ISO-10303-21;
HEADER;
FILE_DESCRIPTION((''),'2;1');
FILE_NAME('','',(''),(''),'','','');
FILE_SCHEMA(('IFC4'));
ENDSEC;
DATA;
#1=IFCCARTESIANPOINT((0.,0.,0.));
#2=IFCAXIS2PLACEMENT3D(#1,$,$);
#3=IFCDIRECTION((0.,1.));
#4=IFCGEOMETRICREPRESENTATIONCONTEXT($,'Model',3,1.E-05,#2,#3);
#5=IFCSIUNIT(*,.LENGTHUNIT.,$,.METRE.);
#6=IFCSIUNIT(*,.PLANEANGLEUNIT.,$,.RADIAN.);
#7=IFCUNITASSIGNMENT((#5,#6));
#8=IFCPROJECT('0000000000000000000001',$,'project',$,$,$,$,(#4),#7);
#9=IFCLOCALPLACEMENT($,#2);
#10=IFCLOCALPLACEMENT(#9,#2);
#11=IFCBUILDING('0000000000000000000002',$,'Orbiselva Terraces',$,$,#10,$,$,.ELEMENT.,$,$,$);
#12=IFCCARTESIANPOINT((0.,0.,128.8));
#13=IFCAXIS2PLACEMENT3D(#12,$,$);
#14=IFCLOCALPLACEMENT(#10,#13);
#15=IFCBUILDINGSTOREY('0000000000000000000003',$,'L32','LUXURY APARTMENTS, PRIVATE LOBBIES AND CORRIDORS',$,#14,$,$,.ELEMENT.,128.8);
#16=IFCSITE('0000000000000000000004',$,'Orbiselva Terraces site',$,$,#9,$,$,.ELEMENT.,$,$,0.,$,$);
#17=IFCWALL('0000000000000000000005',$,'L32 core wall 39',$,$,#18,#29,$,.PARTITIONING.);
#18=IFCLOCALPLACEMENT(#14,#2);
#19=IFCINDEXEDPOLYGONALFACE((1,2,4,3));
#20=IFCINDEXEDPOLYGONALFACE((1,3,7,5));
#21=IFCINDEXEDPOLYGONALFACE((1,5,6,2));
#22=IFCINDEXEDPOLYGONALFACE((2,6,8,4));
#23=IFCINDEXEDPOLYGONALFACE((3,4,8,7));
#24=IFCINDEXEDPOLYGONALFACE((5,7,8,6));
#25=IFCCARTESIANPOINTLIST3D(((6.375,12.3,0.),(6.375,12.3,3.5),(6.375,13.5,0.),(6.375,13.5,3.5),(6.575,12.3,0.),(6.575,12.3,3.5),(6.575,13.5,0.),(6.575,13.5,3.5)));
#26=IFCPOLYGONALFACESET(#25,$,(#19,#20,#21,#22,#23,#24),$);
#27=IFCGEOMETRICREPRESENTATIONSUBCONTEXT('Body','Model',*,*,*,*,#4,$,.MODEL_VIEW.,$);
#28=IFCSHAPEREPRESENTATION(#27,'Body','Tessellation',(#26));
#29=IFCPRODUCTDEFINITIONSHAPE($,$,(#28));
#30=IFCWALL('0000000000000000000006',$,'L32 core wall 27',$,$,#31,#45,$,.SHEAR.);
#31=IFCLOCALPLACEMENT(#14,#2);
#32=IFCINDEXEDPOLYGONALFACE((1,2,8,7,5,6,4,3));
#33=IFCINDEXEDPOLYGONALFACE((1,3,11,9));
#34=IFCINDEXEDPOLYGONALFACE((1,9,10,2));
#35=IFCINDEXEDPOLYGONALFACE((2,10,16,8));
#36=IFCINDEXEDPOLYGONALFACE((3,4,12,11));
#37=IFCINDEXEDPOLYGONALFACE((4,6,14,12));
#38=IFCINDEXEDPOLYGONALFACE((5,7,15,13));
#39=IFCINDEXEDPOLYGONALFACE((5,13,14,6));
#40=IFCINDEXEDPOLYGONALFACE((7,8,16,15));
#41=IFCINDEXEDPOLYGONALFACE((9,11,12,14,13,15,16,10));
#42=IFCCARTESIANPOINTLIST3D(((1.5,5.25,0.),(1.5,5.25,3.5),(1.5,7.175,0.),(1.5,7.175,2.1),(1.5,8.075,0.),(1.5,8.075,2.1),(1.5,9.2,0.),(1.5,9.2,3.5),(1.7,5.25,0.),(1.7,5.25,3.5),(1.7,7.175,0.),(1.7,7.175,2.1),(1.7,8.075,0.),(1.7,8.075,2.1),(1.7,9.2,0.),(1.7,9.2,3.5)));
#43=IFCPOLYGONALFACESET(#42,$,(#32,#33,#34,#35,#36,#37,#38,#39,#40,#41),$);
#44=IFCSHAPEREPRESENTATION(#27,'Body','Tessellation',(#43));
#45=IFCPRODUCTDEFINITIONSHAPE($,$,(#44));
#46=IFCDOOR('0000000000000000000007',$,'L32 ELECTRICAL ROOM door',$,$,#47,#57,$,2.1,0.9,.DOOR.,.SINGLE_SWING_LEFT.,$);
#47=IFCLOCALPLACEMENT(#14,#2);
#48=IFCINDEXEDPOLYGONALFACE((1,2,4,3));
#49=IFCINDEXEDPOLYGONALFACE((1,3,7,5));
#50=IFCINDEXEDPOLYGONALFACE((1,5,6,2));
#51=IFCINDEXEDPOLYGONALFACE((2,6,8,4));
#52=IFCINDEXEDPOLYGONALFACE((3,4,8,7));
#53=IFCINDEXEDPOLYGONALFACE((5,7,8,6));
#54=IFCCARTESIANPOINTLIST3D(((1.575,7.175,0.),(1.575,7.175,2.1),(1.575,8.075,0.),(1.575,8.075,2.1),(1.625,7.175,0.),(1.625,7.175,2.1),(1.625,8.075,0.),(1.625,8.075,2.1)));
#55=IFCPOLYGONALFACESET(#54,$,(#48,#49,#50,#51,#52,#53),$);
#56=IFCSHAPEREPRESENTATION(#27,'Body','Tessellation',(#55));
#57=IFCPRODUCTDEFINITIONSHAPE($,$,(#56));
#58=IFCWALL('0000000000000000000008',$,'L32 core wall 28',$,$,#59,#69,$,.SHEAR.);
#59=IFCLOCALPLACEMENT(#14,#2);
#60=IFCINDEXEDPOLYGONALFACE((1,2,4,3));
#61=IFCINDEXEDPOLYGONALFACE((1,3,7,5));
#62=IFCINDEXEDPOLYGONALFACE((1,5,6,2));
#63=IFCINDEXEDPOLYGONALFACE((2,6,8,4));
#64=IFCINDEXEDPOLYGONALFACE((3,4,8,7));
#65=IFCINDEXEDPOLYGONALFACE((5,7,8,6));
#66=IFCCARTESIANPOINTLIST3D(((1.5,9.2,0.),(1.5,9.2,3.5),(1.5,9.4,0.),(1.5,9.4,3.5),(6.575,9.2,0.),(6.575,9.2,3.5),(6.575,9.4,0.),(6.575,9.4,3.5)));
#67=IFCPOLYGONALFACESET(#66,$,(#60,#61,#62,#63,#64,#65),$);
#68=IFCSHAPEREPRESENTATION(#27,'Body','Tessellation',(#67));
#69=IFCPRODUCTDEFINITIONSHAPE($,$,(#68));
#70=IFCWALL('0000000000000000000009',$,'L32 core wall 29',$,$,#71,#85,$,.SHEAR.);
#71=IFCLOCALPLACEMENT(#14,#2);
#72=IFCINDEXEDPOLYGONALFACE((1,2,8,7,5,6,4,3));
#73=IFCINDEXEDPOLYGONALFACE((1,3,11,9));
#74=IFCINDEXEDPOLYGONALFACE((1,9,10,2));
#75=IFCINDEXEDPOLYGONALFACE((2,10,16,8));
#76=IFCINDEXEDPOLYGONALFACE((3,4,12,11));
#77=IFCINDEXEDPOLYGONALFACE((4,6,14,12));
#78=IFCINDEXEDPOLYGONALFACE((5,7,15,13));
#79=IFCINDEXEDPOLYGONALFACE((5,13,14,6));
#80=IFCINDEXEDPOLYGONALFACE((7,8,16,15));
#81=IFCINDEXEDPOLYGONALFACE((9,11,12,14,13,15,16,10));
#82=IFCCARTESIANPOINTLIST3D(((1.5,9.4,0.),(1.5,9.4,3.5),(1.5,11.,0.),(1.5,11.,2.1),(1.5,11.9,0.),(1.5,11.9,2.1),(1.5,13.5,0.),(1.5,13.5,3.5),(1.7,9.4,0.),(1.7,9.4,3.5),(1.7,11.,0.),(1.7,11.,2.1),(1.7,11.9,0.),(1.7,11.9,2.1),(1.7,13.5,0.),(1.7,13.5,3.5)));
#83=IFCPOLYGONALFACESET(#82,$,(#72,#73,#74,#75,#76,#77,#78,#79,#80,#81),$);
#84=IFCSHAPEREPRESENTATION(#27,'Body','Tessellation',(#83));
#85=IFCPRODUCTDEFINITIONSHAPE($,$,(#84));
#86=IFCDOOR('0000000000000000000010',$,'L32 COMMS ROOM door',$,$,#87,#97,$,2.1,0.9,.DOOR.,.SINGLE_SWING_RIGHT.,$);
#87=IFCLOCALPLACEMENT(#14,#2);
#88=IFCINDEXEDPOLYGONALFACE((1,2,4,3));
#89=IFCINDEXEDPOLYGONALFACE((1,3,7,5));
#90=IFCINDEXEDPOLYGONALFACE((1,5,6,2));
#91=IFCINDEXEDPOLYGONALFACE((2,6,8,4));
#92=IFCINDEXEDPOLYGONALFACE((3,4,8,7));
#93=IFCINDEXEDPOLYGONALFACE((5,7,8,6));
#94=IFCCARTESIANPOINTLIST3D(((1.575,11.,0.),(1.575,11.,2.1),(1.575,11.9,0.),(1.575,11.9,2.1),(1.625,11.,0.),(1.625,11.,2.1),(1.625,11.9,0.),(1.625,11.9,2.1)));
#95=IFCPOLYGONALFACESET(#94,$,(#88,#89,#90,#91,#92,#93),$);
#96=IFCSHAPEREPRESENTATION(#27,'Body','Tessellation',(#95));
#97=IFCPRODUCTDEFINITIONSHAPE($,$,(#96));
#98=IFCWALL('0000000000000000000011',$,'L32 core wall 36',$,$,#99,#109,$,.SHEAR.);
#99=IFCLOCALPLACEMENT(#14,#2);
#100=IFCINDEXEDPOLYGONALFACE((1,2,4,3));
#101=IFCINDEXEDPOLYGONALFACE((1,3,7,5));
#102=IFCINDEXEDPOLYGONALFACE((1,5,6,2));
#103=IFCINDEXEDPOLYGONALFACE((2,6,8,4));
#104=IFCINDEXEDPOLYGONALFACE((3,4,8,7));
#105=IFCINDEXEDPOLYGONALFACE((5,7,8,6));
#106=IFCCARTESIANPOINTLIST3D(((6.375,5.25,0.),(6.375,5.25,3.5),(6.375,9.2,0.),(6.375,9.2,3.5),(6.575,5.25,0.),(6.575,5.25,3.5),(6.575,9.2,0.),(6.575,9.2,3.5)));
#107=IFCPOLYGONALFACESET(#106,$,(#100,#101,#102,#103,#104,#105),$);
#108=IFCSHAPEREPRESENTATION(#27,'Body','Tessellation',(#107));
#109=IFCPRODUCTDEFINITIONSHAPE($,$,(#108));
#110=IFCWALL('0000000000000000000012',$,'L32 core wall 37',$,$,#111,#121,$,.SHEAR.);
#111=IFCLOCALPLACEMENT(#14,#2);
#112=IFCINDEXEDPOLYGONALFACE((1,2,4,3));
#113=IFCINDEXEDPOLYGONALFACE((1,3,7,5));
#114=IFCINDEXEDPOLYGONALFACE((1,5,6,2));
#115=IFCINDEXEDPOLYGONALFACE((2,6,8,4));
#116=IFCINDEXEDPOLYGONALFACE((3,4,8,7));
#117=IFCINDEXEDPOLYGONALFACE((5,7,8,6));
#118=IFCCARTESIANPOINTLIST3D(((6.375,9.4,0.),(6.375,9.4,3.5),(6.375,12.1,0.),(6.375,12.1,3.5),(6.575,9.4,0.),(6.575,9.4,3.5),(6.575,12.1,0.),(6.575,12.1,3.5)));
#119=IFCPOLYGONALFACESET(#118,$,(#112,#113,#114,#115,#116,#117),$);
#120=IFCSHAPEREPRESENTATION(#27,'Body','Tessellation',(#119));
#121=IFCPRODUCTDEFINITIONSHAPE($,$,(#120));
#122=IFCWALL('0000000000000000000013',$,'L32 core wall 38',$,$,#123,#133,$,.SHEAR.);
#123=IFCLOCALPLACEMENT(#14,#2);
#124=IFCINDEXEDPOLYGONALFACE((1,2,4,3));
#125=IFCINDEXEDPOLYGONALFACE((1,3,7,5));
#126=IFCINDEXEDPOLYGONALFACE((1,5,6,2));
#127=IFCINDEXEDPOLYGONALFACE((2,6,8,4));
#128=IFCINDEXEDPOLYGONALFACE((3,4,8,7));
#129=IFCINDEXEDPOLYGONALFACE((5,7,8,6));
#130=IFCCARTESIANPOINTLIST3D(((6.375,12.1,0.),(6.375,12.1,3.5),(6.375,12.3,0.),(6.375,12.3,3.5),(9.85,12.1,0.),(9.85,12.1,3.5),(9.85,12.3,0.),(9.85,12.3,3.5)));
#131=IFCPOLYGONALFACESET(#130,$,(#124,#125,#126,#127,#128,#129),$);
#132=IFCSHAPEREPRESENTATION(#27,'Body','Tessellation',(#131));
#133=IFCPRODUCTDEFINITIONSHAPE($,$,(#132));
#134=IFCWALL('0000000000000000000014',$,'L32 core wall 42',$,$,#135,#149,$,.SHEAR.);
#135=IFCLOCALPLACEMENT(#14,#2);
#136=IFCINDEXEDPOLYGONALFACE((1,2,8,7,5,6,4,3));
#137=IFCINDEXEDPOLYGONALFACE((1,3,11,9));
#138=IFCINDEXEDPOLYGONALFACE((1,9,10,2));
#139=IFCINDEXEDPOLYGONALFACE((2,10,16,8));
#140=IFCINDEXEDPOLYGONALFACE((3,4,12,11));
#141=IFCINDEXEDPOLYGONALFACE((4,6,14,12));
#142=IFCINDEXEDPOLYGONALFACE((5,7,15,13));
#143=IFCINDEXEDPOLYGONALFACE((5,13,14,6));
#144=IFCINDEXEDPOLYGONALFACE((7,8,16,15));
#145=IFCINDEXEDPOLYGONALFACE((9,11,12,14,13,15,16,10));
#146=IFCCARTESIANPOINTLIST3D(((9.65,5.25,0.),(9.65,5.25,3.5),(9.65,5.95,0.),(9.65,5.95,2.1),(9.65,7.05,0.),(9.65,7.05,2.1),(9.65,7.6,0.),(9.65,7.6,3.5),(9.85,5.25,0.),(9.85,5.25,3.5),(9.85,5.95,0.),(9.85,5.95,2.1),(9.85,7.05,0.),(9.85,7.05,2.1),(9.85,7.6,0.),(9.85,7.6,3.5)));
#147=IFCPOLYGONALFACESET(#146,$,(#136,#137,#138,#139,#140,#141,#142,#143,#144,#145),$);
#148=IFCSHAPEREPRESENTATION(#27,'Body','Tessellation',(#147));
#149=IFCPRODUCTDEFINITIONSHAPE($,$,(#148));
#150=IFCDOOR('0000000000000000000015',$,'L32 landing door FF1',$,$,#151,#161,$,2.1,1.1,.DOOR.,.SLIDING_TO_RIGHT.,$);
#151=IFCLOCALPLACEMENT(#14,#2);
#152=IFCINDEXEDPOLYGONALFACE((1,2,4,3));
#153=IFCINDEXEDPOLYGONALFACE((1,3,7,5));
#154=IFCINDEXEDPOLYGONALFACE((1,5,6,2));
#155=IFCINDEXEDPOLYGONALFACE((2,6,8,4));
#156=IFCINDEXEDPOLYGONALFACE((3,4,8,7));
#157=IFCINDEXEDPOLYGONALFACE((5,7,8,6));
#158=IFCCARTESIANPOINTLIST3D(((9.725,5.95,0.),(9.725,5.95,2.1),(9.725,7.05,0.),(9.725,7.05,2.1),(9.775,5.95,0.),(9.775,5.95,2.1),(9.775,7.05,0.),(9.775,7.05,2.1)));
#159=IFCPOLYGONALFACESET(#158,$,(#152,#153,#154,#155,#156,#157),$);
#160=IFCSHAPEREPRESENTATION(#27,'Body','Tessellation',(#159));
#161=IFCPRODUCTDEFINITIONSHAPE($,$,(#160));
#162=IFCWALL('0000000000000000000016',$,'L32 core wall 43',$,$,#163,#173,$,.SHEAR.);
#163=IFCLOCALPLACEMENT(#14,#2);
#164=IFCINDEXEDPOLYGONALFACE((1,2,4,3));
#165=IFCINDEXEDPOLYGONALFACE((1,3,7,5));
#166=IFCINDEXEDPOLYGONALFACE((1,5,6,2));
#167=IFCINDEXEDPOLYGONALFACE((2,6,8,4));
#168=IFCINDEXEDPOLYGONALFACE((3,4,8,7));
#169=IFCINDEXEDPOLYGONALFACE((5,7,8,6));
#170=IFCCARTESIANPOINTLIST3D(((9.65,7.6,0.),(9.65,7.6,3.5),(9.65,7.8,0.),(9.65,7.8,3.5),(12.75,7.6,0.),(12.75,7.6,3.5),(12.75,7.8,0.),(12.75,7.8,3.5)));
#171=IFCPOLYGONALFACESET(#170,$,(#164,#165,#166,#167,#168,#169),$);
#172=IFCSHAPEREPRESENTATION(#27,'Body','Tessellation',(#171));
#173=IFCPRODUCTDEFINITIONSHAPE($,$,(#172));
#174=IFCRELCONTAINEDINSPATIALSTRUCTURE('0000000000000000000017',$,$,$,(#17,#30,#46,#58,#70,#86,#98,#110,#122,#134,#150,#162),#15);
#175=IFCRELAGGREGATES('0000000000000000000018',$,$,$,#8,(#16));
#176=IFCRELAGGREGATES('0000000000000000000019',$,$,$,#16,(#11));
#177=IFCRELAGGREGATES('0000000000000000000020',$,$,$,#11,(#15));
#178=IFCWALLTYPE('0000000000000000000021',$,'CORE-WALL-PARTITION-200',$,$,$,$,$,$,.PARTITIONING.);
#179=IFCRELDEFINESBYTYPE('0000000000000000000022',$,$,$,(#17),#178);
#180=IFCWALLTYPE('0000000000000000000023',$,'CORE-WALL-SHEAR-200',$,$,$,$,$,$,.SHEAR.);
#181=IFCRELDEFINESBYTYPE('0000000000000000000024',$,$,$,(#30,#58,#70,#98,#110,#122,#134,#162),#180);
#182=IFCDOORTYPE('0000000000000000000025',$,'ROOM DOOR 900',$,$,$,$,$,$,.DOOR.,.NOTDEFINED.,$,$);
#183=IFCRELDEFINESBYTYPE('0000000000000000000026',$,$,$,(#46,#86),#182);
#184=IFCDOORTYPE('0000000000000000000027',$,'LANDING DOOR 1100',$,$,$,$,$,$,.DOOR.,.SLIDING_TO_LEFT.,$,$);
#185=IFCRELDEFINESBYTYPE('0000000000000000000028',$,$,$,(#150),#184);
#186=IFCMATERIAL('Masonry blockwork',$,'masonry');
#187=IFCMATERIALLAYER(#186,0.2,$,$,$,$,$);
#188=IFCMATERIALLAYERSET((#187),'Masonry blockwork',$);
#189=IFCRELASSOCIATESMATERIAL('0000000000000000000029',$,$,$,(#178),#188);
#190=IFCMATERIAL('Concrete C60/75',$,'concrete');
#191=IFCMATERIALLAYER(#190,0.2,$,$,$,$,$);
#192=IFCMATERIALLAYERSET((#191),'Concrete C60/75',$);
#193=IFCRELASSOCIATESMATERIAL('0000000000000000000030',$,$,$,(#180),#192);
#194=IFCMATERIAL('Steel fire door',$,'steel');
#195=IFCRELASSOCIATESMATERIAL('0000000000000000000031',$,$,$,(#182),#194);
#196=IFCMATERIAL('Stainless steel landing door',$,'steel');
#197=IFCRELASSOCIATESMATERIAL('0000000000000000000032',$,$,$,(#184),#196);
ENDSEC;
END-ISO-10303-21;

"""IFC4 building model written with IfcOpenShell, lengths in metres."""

from ifc_helpers import new_model, si_unit, direction, frame, frame_2d, origin, place, context, subcontext, project, spatial, rectangle, extrude, material, layer, layer_set, type_object, element, fill, save


model = new_model("IFC4")

# Units and contexts
model_context = context("Model", 3, precision=1e-05, world=origin(), true_north=direction((0.0, 1.0)))
body_context = subcontext(model_context, "Body", "Model", "MODEL_VIEW")
ifc_project = project(units=[si_unit("LENGTHUNIT", "METRE"), si_unit("PLANEANGLEUNIT", "RADIAN")], contexts=[model_context])

# Site, building, storey
site_placement = place(None, origin())
site = spatial("IfcSite", under=ifc_project, at=site_placement, Name="Orbiselva Terraces site", CompositionType="ELEMENT", RefElevation=0.0)
building_placement = place(site_placement, origin())
building = spatial("IfcBuilding", under=site, at=building_placement, Name="Orbiselva Terraces", CompositionType="ELEMENT")
storey_placement = place(building_placement, frame((0.0, 0.0, 128.8)))
storey = spatial("IfcBuildingStorey", under=building, at=storey_placement, Name="L32", Description="LUXURY APARTMENTS, PRIVATE LOBBIES AND CORRIDORS", CompositionType="ELEMENT", Elevation=128.8)

# Wall
ifc_material_1 = material(Name="Masonry blockwork", Category="masonry")
ifc_layer_1 = layer(ifc_material_1, 0.2)
ifc_layer_set_1 = layer_set([ifc_layer_1], Name="Masonry blockwork")
wall_type_1 = type_object("IfcWallType", Name="CORE-WALL-PARTITION-200", PredefinedType="PARTITIONING", material=ifc_layer_set_1)
wall_1_placement = place(storey_placement, frame((6.475, 12.3, 0.0), z_axis=(0.0, 0.0, 1.0), x_axis=(0.0, 1.0, 0.0)))
element("IfcWall", 1, at=wall_1_placement, inside=storey, type_object=wall_type_1, Name="L32 core wall 39", PredefinedType="PARTITIONING", context=body_context, shape_type="SweptSolid", body=[
    extrude(rectangle(XDim=1.2, YDim=0.2, at=frame_2d((0.6, 0.0))), origin(), (0.0, 0.0, 1.0), 3.5),
])

# Wall, opening, door
ifc_material_2 = material(Name="Concrete C60/75", Category="concrete")
ifc_layer_2 = layer(ifc_material_2, 0.2)
ifc_layer_set_2 = layer_set([ifc_layer_2], Name="Concrete C60/75")
wall_type_2 = type_object("IfcWallType", Name="CORE-WALL-SHEAR-200", PredefinedType="SHEAR", material=ifc_layer_set_2)
wall_2_placement = place(storey_placement, frame((1.6, 9.2, 0.0), z_axis=(0.0, 0.0, 1.0), x_axis=(0.0, -1.0, 0.0)))
wall_2 = element("IfcWall", 2, at=wall_2_placement, inside=storey, type_object=wall_type_2, Name="L32 core wall 27", PredefinedType="SHEAR", context=body_context, shape_type="SweptSolid", body=[
    extrude(rectangle(XDim=3.95, YDim=0.2, at=frame_2d((1.975, 0.0))), origin(), (0.0, 0.0, 1.0), 3.5),
])
opening_1_placement = place(wall_2_placement, frame((1.125, 0.0, 0.0)))
opening_1 = element("IfcOpeningElement", 3, at=opening_1_placement, cuts=wall_2, PredefinedType="OPENING", context=body_context, shape_type="SweptSolid", body=[
    extrude(rectangle(XDim=0.9, YDim=2.1, at=frame_2d((0.45, 1.05))), frame((0.0, 0.11, 0.0), z_axis=(0.0, -1.0, 0.0), x_axis=(1.0, 0.0, 0.0)), (0.0, 0.0, 1.0), 0.22),
])
ifc_material_3 = material(Name="Steel fire door", Category="steel")
door_type_1 = type_object("IfcDoorType", Name="ROOM DOOR 900", OperationType="NOTDEFINED", PredefinedType="DOOR", material=ifc_material_3)
door_1_placement = place(opening_1_placement, origin())
door_1 = element("IfcDoor", 4, at=door_1_placement, inside=storey, type_object=door_type_1, Name="L32 ELECTRICAL ROOM door", OperationType="SINGLE_SWING_LEFT", OverallHeight=2.1, OverallWidth=0.9, PredefinedType="DOOR", context=body_context, shape_type="SweptSolid", body=[
    extrude(rectangle(XDim=0.9, YDim=2.1, at=frame_2d((0.45, 1.05))), frame((0.0, 0.025, 0.0), z_axis=(0.0, -1.0, 0.0), x_axis=(1.0, 0.0, 0.0)), (0.0, 0.0, 1.0), 0.05),
])
fill(opening_1, door_1)

# Wall
wall_3_placement = place(storey_placement, frame((1.5, 9.3, 0.0), z_axis=(0.0, 0.0, 1.0), x_axis=(1.0, 0.0, 0.0)))
element("IfcWall", 5, at=wall_3_placement, inside=storey, type_object=wall_type_2, Name="L32 core wall 28", PredefinedType="SHEAR", context=body_context, shape_type="SweptSolid", body=[
    extrude(rectangle(XDim=5.075, YDim=0.2, at=frame_2d((2.5375, 0.0))), origin(), (0.0, 0.0, 1.0), 3.5),
])

# Wall, opening, door
wall_4_placement = place(storey_placement, frame((1.6, 13.5, 0.0), z_axis=(0.0, 0.0, 1.0), x_axis=(0.0, -1.0, 0.0)))
wall_4 = element("IfcWall", 6, at=wall_4_placement, inside=storey, type_object=wall_type_2, Name="L32 core wall 29", PredefinedType="SHEAR", context=body_context, shape_type="SweptSolid", body=[
    extrude(rectangle(XDim=4.1, YDim=0.2, at=frame_2d((2.05, 0.0))), origin(), (0.0, 0.0, 1.0), 3.5),
])
opening_2_placement = place(wall_4_placement, frame((1.6, 0.0, 0.0)))
opening_2 = element("IfcOpeningElement", 7, at=opening_2_placement, cuts=wall_4, PredefinedType="OPENING", context=body_context, shape_type="SweptSolid", body=[
    extrude(rectangle(XDim=0.9, YDim=2.1, at=frame_2d((0.45, 1.05))), frame((0.0, 0.11, 0.0), z_axis=(0.0, -1.0, 0.0), x_axis=(1.0, 0.0, 0.0)), (0.0, 0.0, 1.0), 0.22),
])
door_2_placement = place(opening_2_placement, origin())
door_2 = element("IfcDoor", 8, at=door_2_placement, inside=storey, type_object=door_type_1, Name="L32 COMMS ROOM door", OperationType="SINGLE_SWING_RIGHT", OverallHeight=2.1, OverallWidth=0.9, PredefinedType="DOOR", context=body_context, shape_type="SweptSolid", body=[
    extrude(rectangle(XDim=0.9, YDim=2.1, at=frame_2d((0.45, 1.05))), frame((0.0, 0.025, 0.0), z_axis=(0.0, -1.0, 0.0), x_axis=(1.0, 0.0, 0.0)), (0.0, 0.0, 1.0), 0.05),
])
fill(opening_2, door_2)

# Walls
wall_5_placement = place(storey_placement, frame((6.475, 5.25, 0.0), z_axis=(0.0, 0.0, 1.0), x_axis=(0.0, 1.0, 0.0)))
element("IfcWall", 9, at=wall_5_placement, inside=storey, type_object=wall_type_2, Name="L32 core wall 36", PredefinedType="SHEAR", context=body_context, shape_type="SweptSolid", body=[
    extrude(rectangle(XDim=3.95, YDim=0.2, at=frame_2d((1.975, 0.0))), origin(), (0.0, 0.0, 1.0), 3.5),
])
wall_6_placement = place(storey_placement, frame((6.475, 9.4, 0.0), z_axis=(0.0, 0.0, 1.0), x_axis=(0.0, 1.0, 0.0)))
element("IfcWall", 10, at=wall_6_placement, inside=storey, type_object=wall_type_2, Name="L32 core wall 37", PredefinedType="SHEAR", context=body_context, shape_type="SweptSolid", body=[
    extrude(rectangle(XDim=2.7, YDim=0.2, at=frame_2d((1.35, 0.0))), origin(), (0.0, 0.0, 1.0), 3.5),
])
wall_7_placement = place(storey_placement, frame((6.375, 12.2, 0.0), z_axis=(0.0, 0.0, 1.0), x_axis=(1.0, 0.0, 0.0)))
element("IfcWall", 11, at=wall_7_placement, inside=storey, type_object=wall_type_2, Name="L32 core wall 38", PredefinedType="SHEAR", context=body_context, shape_type="SweptSolid", body=[
    extrude(rectangle(XDim=3.475, YDim=0.2, at=frame_2d((1.7375, 0.0))), origin(), (0.0, 0.0, 1.0), 3.5),
])

# Wall, opening, door
wall_8_placement = place(storey_placement, frame((9.75, 5.25, 0.0), z_axis=(0.0, 0.0, 1.0), x_axis=(0.0, 1.0, 0.0)))
wall_8 = element("IfcWall", 12, at=wall_8_placement, inside=storey, type_object=wall_type_2, Name="L32 core wall 42", PredefinedType="SHEAR", context=body_context, shape_type="SweptSolid", body=[
    extrude(rectangle(XDim=2.35, YDim=0.2, at=frame_2d((1.175, 0.0))), origin(), (0.0, 0.0, 1.0), 3.5),
])
opening_3_placement = place(wall_8_placement, frame((0.7, 0.0, 0.0)))
opening_3 = element("IfcOpeningElement", 13, at=opening_3_placement, cuts=wall_8, PredefinedType="OPENING", context=body_context, shape_type="SweptSolid", body=[
    extrude(rectangle(XDim=1.1, YDim=2.1, at=frame_2d((0.55, 1.05))), frame((0.0, 0.11, 0.0), z_axis=(0.0, -1.0, 0.0), x_axis=(1.0, 0.0, 0.0)), (0.0, 0.0, 1.0), 0.22),
])
ifc_material_4 = material(Name="Stainless steel landing door", Category="steel")
door_type_2 = type_object("IfcDoorType", Name="LANDING DOOR 1100", OperationType="SLIDING_TO_LEFT", PredefinedType="DOOR", material=ifc_material_4)
door_3_placement = place(opening_3_placement, origin())
door_3 = element("IfcDoor", 14, at=door_3_placement, inside=storey, type_object=door_type_2, Name="L32 landing door FF1", OperationType="SLIDING_TO_RIGHT", OverallHeight=2.1, OverallWidth=1.1, PredefinedType="DOOR", context=body_context, shape_type="SweptSolid", body=[
    extrude(rectangle(XDim=1.1, YDim=2.1, at=frame_2d((0.55, 1.05))), frame((0.0, 0.025, 0.0), z_axis=(0.0, -1.0, 0.0), x_axis=(1.0, 0.0, 0.0)), (0.0, 0.0, 1.0), 0.05),
])
fill(opening_3, door_3)

# Wall
wall_9_placement = place(storey_placement, frame((9.65, 7.7, 0.0), z_axis=(0.0, 0.0, 1.0), x_axis=(1.0, 0.0, 0.0)))
element("IfcWall", 15, at=wall_9_placement, inside=storey, type_object=wall_type_2, Name="L32 core wall 43", PredefinedType="SHEAR", context=body_context, shape_type="SweptSolid", body=[
    extrude(rectangle(XDim=3.1, YDim=0.2, at=frame_2d((1.55, 0.0))), origin(), (0.0, 0.0, 1.0), 3.5),
])

save(model, "model.ifc")
